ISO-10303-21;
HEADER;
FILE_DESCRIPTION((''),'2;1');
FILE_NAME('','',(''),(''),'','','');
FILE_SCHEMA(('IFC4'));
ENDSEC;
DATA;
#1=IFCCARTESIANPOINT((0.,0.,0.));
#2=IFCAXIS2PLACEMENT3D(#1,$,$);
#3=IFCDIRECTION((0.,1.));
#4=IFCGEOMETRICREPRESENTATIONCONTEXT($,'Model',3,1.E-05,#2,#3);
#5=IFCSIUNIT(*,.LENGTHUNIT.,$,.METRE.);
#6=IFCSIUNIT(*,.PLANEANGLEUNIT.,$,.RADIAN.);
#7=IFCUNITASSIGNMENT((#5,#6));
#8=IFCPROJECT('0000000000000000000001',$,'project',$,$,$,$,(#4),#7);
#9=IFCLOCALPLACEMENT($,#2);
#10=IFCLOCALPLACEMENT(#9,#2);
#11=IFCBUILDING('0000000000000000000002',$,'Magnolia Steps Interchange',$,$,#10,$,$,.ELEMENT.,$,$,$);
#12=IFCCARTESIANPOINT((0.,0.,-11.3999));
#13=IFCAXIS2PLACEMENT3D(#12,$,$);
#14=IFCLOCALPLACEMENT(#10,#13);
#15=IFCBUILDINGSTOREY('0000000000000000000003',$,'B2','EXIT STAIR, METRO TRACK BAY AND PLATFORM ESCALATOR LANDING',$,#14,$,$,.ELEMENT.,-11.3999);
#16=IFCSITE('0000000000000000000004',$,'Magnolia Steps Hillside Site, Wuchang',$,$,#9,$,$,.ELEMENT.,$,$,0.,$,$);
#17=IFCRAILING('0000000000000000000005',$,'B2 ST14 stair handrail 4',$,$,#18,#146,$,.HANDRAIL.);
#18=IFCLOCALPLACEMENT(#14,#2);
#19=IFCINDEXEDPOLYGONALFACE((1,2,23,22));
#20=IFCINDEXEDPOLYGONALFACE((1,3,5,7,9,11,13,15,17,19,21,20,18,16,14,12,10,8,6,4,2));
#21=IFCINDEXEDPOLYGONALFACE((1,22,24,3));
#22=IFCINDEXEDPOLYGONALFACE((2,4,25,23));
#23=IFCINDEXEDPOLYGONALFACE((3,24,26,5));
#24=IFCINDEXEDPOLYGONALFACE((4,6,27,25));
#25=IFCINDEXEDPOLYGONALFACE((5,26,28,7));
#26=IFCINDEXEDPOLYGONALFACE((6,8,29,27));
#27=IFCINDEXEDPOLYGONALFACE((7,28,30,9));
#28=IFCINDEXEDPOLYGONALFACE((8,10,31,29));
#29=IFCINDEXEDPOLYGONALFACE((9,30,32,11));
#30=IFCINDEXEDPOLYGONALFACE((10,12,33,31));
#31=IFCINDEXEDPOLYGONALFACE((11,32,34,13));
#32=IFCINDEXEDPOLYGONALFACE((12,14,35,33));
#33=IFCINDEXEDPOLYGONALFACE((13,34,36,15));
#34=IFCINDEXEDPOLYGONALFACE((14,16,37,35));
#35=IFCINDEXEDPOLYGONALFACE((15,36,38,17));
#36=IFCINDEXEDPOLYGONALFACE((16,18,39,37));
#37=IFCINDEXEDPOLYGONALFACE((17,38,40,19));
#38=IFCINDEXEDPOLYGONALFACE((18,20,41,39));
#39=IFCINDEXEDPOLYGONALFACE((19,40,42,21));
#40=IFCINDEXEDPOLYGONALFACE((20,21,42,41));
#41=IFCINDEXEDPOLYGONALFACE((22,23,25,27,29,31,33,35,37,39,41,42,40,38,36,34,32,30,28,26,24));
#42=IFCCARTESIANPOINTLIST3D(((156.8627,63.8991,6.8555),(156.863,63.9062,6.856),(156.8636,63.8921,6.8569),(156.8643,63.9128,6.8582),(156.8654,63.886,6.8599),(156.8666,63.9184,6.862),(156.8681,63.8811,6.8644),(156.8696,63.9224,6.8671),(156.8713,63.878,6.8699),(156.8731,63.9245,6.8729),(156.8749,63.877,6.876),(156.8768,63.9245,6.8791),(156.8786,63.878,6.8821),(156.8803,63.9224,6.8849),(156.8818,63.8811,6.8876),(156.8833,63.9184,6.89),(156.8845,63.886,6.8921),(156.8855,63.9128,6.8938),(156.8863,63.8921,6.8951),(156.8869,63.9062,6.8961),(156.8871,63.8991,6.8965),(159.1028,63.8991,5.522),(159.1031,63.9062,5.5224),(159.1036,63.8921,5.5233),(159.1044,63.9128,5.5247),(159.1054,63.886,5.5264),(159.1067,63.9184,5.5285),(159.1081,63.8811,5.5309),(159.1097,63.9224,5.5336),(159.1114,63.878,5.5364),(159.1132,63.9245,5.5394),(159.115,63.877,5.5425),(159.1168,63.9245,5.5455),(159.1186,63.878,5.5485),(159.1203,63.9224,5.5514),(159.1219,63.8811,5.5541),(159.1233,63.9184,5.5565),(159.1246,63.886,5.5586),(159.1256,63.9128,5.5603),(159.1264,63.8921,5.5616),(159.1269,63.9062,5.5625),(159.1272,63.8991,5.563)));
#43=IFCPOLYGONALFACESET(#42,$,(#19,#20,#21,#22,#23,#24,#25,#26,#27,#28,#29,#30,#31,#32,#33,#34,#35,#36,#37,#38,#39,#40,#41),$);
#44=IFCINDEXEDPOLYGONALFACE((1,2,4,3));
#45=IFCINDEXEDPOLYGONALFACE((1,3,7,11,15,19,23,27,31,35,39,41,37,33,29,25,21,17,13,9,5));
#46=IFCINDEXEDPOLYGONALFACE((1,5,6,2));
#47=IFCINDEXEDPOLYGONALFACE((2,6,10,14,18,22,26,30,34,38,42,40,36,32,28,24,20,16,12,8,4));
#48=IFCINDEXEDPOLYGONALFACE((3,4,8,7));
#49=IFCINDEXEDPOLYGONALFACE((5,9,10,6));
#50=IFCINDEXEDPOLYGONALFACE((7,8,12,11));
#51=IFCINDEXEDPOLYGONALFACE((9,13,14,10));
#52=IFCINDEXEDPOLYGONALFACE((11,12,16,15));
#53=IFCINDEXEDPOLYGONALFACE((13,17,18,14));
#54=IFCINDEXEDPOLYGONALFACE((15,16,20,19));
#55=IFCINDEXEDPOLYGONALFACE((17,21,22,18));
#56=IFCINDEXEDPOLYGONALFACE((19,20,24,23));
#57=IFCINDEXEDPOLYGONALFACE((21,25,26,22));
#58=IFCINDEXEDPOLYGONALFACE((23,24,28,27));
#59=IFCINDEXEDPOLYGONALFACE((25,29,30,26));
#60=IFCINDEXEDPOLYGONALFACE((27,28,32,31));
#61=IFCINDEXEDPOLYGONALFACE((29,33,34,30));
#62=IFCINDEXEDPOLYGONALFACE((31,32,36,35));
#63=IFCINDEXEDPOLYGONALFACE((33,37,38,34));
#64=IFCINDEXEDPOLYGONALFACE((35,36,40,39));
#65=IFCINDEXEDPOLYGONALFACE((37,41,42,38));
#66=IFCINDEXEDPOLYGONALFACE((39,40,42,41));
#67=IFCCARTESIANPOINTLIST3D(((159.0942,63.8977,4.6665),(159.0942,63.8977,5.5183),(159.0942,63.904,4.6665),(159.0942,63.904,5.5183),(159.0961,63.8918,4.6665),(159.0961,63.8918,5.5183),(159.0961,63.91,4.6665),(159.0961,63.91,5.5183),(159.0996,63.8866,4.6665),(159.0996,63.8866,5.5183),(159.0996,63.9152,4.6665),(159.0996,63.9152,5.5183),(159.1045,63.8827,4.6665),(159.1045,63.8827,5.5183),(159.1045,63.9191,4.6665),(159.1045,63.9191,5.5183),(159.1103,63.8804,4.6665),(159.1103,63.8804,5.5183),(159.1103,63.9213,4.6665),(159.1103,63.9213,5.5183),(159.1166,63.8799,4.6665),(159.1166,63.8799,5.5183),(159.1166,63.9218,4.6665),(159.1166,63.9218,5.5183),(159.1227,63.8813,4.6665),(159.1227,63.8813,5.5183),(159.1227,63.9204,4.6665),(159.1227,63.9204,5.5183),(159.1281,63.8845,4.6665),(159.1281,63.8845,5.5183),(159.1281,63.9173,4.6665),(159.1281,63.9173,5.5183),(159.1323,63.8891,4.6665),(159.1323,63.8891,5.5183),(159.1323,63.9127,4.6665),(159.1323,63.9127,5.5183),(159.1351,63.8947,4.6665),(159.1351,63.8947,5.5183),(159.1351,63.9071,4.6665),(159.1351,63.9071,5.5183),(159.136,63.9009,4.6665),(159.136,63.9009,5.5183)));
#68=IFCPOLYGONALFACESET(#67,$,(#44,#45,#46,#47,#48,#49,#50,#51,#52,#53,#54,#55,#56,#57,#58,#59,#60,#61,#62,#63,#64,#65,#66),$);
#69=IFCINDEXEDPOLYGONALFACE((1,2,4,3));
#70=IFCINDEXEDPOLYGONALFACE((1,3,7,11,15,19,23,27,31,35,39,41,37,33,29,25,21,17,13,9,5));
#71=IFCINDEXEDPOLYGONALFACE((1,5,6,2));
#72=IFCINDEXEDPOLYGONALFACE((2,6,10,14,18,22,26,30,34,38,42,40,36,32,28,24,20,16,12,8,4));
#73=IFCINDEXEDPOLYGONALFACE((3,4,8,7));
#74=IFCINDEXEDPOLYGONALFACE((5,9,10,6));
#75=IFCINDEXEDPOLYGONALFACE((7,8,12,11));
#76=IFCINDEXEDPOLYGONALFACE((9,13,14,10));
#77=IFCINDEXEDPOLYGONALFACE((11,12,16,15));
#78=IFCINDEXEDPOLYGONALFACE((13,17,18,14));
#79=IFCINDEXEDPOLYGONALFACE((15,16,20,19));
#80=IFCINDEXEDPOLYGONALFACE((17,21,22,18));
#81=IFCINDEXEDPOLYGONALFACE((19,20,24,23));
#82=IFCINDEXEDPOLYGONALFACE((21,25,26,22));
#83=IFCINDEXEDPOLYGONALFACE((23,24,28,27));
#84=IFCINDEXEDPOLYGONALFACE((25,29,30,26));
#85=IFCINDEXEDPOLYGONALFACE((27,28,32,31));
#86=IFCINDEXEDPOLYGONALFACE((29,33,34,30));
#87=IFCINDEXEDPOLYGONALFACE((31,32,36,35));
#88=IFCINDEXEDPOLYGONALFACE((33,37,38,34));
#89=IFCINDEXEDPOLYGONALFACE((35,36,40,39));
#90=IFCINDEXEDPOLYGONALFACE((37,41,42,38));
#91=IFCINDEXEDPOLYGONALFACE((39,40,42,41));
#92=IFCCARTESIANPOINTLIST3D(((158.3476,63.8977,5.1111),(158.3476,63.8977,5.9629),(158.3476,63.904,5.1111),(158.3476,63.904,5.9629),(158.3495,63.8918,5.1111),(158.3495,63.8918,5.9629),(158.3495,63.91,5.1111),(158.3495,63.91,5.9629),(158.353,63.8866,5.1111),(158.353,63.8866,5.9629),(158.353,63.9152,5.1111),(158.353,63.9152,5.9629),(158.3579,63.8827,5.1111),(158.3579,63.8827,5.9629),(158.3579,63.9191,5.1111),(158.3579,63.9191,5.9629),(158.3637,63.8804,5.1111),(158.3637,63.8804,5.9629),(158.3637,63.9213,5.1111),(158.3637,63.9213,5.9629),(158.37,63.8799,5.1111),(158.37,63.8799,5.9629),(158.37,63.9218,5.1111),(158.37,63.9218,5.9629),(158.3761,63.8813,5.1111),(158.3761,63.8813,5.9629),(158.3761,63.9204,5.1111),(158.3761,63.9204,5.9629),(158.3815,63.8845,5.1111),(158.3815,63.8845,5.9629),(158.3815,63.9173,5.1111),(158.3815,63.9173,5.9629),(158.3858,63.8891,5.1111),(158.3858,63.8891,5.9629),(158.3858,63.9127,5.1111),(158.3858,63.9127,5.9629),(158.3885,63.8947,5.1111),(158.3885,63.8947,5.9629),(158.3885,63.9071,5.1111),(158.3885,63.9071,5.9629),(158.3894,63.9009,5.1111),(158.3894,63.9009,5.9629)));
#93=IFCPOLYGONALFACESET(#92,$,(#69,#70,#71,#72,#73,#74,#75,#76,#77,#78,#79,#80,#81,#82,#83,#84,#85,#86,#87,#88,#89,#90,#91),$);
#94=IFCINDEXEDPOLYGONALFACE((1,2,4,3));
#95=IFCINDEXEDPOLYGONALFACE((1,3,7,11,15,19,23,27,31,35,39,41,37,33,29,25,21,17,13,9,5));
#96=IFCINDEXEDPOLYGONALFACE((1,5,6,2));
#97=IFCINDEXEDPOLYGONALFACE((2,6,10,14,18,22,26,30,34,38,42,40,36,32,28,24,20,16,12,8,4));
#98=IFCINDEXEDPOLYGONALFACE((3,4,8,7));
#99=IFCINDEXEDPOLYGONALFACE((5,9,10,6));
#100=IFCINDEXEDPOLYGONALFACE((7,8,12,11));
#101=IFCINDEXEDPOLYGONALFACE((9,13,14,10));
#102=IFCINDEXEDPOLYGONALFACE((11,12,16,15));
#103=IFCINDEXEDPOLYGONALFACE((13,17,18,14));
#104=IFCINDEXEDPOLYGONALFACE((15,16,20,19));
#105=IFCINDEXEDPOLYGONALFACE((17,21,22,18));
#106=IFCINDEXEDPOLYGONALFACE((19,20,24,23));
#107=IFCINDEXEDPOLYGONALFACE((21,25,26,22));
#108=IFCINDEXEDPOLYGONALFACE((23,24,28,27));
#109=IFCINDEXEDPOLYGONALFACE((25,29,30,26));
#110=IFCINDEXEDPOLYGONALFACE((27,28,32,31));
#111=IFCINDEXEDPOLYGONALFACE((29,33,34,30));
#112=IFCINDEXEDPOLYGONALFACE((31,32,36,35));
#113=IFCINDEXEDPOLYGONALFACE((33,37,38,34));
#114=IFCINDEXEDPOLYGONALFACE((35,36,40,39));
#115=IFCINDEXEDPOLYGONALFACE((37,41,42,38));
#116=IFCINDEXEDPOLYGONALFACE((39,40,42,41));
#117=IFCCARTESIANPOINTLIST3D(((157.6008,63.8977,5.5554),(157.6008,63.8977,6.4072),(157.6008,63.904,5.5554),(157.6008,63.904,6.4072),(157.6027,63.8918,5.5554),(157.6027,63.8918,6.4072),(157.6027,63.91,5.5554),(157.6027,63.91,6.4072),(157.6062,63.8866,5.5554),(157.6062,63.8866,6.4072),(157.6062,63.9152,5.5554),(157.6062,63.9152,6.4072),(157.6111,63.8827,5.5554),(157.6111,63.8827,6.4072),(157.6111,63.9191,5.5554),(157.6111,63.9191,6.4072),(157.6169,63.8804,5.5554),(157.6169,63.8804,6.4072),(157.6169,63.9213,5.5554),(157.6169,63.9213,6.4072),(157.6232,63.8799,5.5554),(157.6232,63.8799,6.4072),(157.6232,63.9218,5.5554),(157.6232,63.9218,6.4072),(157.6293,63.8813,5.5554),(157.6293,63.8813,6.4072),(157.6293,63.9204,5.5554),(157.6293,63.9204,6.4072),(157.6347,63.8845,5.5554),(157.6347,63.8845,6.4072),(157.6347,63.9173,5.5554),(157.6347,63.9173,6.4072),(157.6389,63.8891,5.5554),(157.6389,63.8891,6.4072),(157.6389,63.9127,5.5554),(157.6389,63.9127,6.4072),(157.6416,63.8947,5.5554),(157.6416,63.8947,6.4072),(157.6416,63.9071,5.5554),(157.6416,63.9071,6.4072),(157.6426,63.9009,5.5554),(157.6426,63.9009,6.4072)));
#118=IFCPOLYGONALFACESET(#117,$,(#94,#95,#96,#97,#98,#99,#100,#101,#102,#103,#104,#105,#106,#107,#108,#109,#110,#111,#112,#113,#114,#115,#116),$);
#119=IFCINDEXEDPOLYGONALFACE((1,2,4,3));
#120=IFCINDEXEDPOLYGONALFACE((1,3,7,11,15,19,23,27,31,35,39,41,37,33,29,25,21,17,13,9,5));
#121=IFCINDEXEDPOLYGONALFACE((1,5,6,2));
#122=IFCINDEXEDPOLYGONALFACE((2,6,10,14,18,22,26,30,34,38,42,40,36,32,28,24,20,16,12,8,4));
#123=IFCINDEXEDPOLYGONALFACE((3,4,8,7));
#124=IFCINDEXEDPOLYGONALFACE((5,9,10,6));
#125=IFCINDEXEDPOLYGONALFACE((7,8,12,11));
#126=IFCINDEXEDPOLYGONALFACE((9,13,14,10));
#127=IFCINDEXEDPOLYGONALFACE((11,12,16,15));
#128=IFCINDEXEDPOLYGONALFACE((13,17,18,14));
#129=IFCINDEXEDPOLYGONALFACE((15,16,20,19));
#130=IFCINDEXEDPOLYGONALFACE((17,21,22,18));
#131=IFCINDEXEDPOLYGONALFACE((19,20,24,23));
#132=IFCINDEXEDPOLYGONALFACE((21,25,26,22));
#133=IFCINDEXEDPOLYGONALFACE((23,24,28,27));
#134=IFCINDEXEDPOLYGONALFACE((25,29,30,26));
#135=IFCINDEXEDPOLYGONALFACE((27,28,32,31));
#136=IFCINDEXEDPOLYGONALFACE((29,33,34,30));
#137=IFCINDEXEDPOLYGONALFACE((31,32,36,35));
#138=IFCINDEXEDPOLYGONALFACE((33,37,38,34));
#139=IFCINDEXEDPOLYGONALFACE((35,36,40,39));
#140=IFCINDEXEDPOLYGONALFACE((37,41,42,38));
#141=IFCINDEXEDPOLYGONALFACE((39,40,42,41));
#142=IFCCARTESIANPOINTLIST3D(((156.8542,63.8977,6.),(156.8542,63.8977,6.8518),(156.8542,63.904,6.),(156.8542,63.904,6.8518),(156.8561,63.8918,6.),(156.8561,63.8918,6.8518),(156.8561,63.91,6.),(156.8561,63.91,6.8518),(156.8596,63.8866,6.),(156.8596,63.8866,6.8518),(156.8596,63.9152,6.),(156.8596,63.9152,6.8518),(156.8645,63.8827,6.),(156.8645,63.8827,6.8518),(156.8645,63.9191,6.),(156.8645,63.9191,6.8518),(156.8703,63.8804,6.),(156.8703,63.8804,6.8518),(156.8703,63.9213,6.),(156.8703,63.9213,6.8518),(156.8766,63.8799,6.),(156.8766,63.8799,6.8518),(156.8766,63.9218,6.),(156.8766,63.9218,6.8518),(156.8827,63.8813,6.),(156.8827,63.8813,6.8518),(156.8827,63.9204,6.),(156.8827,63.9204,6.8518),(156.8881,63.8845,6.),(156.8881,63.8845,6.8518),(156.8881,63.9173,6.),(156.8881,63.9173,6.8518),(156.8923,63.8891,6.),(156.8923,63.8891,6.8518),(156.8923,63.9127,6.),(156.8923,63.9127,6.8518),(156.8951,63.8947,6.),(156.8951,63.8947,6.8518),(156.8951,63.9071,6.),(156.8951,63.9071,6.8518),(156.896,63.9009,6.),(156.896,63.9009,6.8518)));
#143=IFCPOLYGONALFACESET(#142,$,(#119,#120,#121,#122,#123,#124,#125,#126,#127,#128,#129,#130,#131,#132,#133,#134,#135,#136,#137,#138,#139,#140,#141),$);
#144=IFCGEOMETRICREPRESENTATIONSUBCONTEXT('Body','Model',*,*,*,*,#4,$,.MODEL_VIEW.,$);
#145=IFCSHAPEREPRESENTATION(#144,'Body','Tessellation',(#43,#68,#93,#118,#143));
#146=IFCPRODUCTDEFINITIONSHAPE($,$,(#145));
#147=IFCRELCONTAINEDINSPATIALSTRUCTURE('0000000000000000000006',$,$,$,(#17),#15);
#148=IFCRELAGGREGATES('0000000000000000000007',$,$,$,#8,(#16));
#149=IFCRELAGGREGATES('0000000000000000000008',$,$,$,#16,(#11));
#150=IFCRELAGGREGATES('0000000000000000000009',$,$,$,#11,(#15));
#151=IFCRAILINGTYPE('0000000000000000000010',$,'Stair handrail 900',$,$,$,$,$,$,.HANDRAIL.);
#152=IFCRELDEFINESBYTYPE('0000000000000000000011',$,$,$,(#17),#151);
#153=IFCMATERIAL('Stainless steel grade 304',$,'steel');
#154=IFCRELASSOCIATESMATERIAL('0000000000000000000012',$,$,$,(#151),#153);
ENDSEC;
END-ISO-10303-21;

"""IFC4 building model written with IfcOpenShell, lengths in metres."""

from ifc_helpers import new_model, si_unit, direction, frame, origin, origin_2d, place, context, subcontext, project, spatial, circle, extrude, material, type_object, element, save


model = new_model("IFC4")

# Units and contexts
model_context = context("Model", 3, precision=1e-05, world=origin(), true_north=direction((0.0, 1.0)))
body_context = subcontext(model_context, "Body", "Model", "MODEL_VIEW")
ifc_project = project(units=[si_unit("LENGTHUNIT", "METRE"), si_unit("PLANEANGLEUNIT", "RADIAN")], contexts=[model_context])

# Site, building, storey
site_placement = place(None, origin())
site = spatial("IfcSite", under=ifc_project, at=site_placement, Name="Magnolia Steps Hillside Site, Wuchang", CompositionType="ELEMENT", RefElevation=0.0)
building_placement = place(site_placement, origin())
building = spatial("IfcBuilding", under=site, at=building_placement, Name="Magnolia Steps Interchange", CompositionType="ELEMENT")
storey_placement = place(building_placement, frame((0.0, 0.0, -11.3999)))
storey = spatial("IfcBuildingStorey", under=building, at=storey_placement, Name="B2", Description="EXIT STAIR, METRO TRACK BAY AND PLATFORM ESCALATOR LANDING", CompositionType="ELEMENT", Elevation=-11.3999)

# Railing
ifc_material_1 = material(Name="Stainless steel grade 304", Category="steel")
railing_type_1 = type_object("IfcRailingType", Name="Stair handrail 900", PredefinedType="HANDRAIL", material=ifc_material_1)
for number, where, name in (
    (1, (159.115, 63.9009, 4.6665), "B2 ST14 stair handrail 4"),
):
    element("IfcRailing", number, at=place(storey_placement, frame(where)), inside=storey, type_object=railing_type_1, Name=name, PredefinedType="HANDRAIL", context=body_context, shape_type="SweptSolid", body=[
        extrude(circle(Radius=0.0239, at=origin_2d()), frame((0.0, 0.0, 0.876), z_axis=(-0.859264, 0.0, 0.511532), x_axis=(0.0, -1.0, 0.0)), (0.0, 0.0, 1.0), 2.6069),
        extrude(circle(Radius=0.021, at=origin_2d()), origin(), (0.0, 0.0, 1.0), 0.8518),
        extrude(circle(Radius=0.021, at=origin_2d()), frame((-0.7466, 0.0, 0.4446)), (0.0, 0.0, 1.0), 0.8518),
        extrude(circle(Radius=0.021, at=origin_2d()), frame((-1.4934, 0.0, 0.8889)), (0.0, 0.0, 1.0), 0.8518),
        extrude(circle(Radius=0.021, at=origin_2d()), frame((-2.24, 0.0, 1.3335)), (0.0, 0.0, 1.0), 0.8518),
    ])

save(model, "model.ifc")
